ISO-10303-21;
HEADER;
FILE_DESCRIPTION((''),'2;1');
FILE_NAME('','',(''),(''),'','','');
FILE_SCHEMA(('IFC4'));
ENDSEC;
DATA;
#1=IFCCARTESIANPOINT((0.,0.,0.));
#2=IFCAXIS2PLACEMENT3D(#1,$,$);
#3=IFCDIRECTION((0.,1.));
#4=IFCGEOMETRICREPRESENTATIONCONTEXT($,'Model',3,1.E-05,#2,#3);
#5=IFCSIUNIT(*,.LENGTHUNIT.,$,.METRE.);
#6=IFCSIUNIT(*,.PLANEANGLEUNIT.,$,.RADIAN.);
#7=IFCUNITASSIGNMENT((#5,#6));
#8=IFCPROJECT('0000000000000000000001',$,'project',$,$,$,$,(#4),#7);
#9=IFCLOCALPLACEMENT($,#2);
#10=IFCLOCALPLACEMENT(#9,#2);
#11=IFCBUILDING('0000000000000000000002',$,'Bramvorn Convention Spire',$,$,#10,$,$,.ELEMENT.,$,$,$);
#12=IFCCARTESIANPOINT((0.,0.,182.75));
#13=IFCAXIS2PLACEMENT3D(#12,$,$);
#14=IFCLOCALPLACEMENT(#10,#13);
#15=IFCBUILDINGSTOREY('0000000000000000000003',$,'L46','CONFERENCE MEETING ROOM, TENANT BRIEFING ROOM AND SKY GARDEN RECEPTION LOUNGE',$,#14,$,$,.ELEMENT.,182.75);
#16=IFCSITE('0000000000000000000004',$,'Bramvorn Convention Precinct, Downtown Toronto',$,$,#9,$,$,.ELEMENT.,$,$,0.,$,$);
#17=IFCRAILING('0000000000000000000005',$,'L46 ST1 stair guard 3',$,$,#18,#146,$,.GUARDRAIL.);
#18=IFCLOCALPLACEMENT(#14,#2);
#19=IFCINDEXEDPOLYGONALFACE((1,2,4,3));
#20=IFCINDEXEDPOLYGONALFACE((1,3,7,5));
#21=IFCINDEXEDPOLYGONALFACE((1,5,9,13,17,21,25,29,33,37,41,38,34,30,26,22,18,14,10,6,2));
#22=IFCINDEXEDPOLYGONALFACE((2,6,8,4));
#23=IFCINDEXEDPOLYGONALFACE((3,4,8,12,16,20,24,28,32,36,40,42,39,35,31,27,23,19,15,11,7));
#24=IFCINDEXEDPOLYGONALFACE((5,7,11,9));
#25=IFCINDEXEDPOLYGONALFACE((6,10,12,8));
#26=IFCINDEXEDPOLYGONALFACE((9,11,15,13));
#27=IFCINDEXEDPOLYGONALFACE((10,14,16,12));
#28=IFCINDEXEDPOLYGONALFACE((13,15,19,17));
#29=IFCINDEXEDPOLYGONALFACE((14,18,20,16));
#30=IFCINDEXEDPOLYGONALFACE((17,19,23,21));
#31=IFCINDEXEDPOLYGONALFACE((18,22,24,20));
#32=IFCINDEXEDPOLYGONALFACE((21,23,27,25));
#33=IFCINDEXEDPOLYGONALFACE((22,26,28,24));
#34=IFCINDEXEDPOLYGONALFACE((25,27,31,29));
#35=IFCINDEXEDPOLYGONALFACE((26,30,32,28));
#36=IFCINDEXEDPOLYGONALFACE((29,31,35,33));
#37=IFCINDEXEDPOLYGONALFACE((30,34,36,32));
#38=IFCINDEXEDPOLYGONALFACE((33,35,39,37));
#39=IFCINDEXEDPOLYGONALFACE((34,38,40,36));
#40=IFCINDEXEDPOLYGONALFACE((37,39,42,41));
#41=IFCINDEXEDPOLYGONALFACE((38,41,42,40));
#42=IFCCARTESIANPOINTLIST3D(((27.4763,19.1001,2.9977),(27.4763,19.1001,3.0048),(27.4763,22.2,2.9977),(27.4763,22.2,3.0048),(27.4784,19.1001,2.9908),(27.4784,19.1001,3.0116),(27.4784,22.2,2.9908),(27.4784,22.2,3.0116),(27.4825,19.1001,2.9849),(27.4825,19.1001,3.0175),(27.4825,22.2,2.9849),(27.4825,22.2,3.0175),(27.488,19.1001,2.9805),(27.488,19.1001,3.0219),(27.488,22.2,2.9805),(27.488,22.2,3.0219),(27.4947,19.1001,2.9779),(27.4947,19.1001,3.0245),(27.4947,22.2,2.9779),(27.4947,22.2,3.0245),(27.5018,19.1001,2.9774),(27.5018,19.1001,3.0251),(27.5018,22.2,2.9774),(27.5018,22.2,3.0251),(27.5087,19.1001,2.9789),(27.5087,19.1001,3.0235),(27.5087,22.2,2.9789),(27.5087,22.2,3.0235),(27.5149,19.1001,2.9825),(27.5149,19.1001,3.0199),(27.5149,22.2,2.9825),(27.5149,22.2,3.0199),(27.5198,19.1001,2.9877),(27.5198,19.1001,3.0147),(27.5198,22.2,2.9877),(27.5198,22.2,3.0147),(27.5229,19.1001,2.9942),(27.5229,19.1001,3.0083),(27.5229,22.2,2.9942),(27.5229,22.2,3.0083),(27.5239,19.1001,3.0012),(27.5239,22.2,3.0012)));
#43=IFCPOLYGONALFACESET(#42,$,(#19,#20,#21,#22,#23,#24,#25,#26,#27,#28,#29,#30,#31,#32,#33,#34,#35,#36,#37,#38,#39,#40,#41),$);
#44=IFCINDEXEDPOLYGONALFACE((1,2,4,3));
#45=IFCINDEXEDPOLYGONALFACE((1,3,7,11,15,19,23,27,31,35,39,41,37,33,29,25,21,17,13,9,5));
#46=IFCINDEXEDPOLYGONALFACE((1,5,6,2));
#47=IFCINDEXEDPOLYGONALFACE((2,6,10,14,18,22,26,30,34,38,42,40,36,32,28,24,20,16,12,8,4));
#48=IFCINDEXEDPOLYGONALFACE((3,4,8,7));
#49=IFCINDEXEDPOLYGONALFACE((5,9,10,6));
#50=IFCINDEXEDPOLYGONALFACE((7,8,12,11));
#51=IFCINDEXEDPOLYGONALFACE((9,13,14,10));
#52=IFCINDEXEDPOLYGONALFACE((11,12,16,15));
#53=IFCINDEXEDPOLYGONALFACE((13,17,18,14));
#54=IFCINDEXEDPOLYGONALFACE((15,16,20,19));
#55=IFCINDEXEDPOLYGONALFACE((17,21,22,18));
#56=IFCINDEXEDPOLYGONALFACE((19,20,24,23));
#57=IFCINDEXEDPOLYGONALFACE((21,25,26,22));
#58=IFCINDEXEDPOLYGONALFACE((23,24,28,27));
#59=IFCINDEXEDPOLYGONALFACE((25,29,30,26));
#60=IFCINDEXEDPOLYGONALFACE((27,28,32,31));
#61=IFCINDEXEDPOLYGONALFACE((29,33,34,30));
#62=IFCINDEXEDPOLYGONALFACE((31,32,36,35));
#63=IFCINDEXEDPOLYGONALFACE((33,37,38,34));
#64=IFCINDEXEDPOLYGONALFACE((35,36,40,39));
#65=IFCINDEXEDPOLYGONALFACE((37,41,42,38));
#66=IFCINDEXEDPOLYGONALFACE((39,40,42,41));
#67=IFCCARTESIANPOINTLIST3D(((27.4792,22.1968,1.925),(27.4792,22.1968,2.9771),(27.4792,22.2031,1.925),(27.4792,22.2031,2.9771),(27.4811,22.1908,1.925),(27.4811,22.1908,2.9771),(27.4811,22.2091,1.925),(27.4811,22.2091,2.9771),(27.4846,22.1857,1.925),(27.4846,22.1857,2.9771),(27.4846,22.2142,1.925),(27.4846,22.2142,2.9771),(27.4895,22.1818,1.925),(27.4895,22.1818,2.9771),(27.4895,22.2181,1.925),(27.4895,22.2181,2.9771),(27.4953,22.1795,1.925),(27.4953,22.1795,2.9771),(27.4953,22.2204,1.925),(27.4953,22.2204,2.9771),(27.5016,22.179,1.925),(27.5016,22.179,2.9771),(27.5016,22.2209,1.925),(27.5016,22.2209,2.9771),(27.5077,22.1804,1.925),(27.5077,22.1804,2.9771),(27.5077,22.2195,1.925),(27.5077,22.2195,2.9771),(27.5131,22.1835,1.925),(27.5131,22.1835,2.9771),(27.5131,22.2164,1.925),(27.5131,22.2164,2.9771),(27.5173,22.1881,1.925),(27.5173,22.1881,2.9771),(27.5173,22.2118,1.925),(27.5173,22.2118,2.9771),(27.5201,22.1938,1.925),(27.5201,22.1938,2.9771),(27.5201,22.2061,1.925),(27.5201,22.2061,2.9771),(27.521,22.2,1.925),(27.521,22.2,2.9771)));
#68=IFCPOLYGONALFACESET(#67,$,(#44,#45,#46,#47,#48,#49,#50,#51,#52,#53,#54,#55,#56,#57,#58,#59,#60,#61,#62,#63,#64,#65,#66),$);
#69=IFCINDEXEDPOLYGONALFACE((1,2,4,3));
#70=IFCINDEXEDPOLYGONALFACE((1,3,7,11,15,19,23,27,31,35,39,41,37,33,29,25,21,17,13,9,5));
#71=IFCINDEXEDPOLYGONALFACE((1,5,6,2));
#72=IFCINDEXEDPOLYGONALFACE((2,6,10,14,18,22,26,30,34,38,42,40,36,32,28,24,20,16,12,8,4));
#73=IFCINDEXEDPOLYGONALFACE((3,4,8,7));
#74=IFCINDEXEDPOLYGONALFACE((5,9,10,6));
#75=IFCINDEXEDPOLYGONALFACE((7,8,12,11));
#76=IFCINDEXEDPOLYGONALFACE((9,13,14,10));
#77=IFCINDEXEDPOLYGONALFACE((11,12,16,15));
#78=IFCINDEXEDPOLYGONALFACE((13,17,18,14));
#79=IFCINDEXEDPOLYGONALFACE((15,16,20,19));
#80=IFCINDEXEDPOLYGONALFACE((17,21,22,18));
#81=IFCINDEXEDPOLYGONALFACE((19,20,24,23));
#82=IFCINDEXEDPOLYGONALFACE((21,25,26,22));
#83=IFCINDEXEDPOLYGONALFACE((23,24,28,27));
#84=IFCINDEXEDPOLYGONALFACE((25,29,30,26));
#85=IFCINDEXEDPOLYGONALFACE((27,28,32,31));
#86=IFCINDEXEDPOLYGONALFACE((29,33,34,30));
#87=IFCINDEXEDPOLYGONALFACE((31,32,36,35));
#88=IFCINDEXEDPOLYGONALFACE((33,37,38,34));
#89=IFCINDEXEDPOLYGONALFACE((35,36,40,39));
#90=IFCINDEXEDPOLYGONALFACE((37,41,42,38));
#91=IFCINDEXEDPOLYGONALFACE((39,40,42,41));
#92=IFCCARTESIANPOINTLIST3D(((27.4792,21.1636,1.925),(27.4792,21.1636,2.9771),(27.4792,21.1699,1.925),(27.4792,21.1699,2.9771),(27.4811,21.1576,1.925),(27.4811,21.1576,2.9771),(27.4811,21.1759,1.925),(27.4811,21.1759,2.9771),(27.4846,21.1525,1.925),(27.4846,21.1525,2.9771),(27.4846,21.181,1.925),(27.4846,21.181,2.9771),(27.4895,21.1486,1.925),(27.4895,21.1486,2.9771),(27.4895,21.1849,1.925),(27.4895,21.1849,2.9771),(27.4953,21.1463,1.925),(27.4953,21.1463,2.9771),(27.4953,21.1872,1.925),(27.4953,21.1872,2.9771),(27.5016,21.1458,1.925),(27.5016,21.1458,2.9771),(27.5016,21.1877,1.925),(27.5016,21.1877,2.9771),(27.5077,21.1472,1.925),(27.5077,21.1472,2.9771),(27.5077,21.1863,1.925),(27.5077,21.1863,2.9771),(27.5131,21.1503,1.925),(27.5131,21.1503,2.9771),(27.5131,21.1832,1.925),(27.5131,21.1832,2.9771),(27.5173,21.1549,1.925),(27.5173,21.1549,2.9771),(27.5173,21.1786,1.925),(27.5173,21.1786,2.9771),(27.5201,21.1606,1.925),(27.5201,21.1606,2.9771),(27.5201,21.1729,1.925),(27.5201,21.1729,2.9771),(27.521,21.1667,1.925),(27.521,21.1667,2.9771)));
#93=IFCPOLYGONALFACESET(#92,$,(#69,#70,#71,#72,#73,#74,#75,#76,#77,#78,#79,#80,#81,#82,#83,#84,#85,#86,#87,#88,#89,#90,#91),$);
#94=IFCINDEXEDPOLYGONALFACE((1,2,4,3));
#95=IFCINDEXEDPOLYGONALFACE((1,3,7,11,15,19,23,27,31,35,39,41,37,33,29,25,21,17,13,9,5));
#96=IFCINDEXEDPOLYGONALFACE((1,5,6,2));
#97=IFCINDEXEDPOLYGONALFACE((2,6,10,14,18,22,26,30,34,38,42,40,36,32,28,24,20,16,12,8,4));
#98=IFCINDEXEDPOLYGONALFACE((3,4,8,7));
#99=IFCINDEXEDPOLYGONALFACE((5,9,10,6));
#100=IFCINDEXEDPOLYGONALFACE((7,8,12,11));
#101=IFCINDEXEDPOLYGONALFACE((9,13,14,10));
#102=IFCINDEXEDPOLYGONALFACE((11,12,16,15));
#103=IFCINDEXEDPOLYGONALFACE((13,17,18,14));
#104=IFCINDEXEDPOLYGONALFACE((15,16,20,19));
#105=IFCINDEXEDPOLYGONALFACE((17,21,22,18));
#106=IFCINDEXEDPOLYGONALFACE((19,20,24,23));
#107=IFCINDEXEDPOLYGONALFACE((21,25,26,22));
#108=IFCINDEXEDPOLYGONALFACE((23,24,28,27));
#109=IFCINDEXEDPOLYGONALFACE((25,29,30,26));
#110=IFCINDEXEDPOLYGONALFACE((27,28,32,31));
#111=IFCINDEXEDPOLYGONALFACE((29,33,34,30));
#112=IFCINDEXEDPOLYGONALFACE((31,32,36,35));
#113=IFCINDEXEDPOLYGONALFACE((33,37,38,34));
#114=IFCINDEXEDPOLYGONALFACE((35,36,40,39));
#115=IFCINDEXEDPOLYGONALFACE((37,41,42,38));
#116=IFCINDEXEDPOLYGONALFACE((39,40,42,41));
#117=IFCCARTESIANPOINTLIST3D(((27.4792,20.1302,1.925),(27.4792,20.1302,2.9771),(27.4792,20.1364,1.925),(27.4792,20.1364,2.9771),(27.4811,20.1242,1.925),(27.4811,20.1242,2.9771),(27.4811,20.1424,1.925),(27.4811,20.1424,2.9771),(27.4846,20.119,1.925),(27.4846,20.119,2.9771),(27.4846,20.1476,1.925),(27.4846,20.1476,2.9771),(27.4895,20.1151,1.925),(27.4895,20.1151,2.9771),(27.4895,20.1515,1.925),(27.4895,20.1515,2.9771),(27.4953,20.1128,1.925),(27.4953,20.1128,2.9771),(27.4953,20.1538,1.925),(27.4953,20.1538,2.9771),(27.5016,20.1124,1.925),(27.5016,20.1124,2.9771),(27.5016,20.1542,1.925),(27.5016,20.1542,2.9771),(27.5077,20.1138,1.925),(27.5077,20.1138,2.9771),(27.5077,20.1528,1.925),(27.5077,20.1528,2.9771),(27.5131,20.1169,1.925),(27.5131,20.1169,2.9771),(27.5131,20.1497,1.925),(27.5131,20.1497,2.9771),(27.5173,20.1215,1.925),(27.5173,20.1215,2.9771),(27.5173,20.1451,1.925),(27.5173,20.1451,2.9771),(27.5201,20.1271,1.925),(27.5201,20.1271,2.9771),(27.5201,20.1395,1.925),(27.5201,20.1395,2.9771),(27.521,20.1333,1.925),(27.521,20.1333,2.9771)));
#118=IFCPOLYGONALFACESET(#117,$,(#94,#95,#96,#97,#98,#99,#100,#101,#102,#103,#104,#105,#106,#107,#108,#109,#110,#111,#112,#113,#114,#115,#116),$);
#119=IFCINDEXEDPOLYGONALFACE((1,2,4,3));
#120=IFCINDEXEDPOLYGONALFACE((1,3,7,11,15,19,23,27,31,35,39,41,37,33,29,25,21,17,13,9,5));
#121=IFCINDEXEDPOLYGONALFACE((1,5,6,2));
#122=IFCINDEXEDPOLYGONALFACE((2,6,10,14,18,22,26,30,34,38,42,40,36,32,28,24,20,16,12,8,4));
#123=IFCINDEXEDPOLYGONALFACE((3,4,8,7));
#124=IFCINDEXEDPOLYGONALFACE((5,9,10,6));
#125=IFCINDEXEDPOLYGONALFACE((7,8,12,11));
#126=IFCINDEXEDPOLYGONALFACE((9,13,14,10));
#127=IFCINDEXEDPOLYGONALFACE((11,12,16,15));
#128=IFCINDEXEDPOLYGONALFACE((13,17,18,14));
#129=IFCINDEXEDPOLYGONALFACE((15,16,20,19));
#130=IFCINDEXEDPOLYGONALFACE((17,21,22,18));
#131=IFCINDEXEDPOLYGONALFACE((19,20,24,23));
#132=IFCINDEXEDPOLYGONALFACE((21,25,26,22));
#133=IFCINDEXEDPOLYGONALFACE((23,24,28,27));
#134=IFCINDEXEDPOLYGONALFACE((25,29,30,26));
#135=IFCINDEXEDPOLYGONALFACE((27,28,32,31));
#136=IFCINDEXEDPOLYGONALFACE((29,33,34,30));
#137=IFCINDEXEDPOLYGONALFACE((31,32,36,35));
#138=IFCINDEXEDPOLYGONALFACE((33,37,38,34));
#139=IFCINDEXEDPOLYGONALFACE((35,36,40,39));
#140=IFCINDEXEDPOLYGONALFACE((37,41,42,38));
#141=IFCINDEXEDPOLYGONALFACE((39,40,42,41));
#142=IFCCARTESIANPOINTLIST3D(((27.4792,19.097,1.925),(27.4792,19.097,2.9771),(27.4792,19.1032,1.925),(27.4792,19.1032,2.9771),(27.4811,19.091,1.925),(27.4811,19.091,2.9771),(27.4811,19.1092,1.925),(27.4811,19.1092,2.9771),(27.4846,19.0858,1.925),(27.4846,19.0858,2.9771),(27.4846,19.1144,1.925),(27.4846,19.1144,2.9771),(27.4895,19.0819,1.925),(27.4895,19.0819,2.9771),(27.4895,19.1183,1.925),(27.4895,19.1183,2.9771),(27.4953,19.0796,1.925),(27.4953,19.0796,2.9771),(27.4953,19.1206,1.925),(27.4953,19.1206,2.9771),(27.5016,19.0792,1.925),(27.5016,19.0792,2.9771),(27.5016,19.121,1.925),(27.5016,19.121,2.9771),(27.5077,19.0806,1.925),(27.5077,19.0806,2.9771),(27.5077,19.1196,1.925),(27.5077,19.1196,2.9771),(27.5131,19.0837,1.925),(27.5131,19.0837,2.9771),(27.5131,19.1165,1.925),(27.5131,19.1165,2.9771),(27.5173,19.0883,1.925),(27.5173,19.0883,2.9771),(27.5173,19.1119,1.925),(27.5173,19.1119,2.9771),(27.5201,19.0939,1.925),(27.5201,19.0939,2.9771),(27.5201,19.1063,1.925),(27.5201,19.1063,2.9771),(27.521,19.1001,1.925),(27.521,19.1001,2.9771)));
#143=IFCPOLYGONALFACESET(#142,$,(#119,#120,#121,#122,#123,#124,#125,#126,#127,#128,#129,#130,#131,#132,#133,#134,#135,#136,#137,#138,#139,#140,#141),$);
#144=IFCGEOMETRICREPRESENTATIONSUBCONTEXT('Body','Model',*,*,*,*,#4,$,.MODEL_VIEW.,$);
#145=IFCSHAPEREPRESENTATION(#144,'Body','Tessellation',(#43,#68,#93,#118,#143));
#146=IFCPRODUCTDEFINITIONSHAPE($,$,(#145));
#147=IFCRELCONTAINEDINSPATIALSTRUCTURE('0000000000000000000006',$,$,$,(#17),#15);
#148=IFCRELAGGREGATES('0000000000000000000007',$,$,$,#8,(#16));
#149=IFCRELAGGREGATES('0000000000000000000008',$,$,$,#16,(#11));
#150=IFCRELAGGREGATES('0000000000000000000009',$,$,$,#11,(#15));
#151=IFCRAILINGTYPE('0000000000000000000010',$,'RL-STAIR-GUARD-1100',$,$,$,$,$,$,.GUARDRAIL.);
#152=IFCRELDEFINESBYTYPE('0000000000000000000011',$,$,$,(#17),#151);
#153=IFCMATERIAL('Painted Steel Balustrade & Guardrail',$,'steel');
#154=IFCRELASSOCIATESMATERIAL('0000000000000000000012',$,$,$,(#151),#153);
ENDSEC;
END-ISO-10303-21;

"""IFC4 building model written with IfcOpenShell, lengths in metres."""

from ifc_helpers import new_model, si_unit, direction, frame, origin, origin_2d, place, context, subcontext, project, spatial, circle, extrude, material, type_object, element, save


model = new_model("IFC4")

# Units and contexts
model_context = context("Model", 3, precision=1e-05, world=origin(), true_north=direction((0.0, 1.0)))
body_context = subcontext(model_context, "Body", "Model", "MODEL_VIEW")
ifc_project = project(units=[si_unit("LENGTHUNIT", "METRE"), si_unit("PLANEANGLEUNIT", "RADIAN")], contexts=[model_context])

# Site, building, storey
site_placement = place(None, origin())
site = spatial("IfcSite", under=ifc_project, at=site_placement, Name="Bramvorn Convention Precinct, Downtown Toronto", CompositionType="ELEMENT", RefElevation=0.0)
building_placement = place(site_placement, origin())
building = spatial("IfcBuilding", under=site, at=building_placement, Name="Bramvorn Convention Spire", CompositionType="ELEMENT")
storey_placement = place(building_placement, frame((0.0, 0.0, 182.75)))
storey = spatial("IfcBuildingStorey", under=building, at=storey_placement, Name="L46", Description="CONFERENCE MEETING ROOM, TENANT BRIEFING ROOM AND SKY GARDEN RECEPTION LOUNGE", CompositionType="ELEMENT", Elevation=182.75)

# Railing
ifc_material_1 = material(Name="Painted Steel Balustrade & Guardrail", Category="steel")
railing_type_1 = type_object("IfcRailingType", Name="RL-STAIR-GUARD-1100", PredefinedType="GUARDRAIL", material=ifc_material_1)
for number, where, name in (
    (1, (27.5, 22.2, 1.925), "L46 ST1 stair guard 3"),
):
    element("IfcRailing", number, at=place(storey_placement, frame(where)), inside=storey, type_object=railing_type_1, Name=name, PredefinedType="GUARDRAIL", context=body_context, shape_type="SweptSolid", body=[
        extrude(circle(Radius=0.0239, at=origin_2d()), frame((0.0, 0.0, 1.0762), z_axis=(0.0, -1.0, 0.0), x_axis=(1.0, 0.0, 0.0)), (0.0, 0.0, 1.0), 3.0999),
        extrude(circle(Radius=0.021, at=origin_2d()), origin(), (0.0, 0.0, 1.0), 1.052),
        extrude(circle(Radius=0.021, at=origin_2d()), frame((0.0, -1.0332, 0.0)), (0.0, 0.0, 1.0), 1.052),
        extrude(circle(Radius=0.021, at=origin_2d()), frame((0.0, -2.0667, 0.0)), (0.0, 0.0, 1.0), 1.052),
        extrude(circle(Radius=0.021, at=origin_2d()), frame((0.0, -3.0999, 0.0)), (0.0, 0.0, 1.0), 1.052),
    ])

save(model, "model.ifc")
